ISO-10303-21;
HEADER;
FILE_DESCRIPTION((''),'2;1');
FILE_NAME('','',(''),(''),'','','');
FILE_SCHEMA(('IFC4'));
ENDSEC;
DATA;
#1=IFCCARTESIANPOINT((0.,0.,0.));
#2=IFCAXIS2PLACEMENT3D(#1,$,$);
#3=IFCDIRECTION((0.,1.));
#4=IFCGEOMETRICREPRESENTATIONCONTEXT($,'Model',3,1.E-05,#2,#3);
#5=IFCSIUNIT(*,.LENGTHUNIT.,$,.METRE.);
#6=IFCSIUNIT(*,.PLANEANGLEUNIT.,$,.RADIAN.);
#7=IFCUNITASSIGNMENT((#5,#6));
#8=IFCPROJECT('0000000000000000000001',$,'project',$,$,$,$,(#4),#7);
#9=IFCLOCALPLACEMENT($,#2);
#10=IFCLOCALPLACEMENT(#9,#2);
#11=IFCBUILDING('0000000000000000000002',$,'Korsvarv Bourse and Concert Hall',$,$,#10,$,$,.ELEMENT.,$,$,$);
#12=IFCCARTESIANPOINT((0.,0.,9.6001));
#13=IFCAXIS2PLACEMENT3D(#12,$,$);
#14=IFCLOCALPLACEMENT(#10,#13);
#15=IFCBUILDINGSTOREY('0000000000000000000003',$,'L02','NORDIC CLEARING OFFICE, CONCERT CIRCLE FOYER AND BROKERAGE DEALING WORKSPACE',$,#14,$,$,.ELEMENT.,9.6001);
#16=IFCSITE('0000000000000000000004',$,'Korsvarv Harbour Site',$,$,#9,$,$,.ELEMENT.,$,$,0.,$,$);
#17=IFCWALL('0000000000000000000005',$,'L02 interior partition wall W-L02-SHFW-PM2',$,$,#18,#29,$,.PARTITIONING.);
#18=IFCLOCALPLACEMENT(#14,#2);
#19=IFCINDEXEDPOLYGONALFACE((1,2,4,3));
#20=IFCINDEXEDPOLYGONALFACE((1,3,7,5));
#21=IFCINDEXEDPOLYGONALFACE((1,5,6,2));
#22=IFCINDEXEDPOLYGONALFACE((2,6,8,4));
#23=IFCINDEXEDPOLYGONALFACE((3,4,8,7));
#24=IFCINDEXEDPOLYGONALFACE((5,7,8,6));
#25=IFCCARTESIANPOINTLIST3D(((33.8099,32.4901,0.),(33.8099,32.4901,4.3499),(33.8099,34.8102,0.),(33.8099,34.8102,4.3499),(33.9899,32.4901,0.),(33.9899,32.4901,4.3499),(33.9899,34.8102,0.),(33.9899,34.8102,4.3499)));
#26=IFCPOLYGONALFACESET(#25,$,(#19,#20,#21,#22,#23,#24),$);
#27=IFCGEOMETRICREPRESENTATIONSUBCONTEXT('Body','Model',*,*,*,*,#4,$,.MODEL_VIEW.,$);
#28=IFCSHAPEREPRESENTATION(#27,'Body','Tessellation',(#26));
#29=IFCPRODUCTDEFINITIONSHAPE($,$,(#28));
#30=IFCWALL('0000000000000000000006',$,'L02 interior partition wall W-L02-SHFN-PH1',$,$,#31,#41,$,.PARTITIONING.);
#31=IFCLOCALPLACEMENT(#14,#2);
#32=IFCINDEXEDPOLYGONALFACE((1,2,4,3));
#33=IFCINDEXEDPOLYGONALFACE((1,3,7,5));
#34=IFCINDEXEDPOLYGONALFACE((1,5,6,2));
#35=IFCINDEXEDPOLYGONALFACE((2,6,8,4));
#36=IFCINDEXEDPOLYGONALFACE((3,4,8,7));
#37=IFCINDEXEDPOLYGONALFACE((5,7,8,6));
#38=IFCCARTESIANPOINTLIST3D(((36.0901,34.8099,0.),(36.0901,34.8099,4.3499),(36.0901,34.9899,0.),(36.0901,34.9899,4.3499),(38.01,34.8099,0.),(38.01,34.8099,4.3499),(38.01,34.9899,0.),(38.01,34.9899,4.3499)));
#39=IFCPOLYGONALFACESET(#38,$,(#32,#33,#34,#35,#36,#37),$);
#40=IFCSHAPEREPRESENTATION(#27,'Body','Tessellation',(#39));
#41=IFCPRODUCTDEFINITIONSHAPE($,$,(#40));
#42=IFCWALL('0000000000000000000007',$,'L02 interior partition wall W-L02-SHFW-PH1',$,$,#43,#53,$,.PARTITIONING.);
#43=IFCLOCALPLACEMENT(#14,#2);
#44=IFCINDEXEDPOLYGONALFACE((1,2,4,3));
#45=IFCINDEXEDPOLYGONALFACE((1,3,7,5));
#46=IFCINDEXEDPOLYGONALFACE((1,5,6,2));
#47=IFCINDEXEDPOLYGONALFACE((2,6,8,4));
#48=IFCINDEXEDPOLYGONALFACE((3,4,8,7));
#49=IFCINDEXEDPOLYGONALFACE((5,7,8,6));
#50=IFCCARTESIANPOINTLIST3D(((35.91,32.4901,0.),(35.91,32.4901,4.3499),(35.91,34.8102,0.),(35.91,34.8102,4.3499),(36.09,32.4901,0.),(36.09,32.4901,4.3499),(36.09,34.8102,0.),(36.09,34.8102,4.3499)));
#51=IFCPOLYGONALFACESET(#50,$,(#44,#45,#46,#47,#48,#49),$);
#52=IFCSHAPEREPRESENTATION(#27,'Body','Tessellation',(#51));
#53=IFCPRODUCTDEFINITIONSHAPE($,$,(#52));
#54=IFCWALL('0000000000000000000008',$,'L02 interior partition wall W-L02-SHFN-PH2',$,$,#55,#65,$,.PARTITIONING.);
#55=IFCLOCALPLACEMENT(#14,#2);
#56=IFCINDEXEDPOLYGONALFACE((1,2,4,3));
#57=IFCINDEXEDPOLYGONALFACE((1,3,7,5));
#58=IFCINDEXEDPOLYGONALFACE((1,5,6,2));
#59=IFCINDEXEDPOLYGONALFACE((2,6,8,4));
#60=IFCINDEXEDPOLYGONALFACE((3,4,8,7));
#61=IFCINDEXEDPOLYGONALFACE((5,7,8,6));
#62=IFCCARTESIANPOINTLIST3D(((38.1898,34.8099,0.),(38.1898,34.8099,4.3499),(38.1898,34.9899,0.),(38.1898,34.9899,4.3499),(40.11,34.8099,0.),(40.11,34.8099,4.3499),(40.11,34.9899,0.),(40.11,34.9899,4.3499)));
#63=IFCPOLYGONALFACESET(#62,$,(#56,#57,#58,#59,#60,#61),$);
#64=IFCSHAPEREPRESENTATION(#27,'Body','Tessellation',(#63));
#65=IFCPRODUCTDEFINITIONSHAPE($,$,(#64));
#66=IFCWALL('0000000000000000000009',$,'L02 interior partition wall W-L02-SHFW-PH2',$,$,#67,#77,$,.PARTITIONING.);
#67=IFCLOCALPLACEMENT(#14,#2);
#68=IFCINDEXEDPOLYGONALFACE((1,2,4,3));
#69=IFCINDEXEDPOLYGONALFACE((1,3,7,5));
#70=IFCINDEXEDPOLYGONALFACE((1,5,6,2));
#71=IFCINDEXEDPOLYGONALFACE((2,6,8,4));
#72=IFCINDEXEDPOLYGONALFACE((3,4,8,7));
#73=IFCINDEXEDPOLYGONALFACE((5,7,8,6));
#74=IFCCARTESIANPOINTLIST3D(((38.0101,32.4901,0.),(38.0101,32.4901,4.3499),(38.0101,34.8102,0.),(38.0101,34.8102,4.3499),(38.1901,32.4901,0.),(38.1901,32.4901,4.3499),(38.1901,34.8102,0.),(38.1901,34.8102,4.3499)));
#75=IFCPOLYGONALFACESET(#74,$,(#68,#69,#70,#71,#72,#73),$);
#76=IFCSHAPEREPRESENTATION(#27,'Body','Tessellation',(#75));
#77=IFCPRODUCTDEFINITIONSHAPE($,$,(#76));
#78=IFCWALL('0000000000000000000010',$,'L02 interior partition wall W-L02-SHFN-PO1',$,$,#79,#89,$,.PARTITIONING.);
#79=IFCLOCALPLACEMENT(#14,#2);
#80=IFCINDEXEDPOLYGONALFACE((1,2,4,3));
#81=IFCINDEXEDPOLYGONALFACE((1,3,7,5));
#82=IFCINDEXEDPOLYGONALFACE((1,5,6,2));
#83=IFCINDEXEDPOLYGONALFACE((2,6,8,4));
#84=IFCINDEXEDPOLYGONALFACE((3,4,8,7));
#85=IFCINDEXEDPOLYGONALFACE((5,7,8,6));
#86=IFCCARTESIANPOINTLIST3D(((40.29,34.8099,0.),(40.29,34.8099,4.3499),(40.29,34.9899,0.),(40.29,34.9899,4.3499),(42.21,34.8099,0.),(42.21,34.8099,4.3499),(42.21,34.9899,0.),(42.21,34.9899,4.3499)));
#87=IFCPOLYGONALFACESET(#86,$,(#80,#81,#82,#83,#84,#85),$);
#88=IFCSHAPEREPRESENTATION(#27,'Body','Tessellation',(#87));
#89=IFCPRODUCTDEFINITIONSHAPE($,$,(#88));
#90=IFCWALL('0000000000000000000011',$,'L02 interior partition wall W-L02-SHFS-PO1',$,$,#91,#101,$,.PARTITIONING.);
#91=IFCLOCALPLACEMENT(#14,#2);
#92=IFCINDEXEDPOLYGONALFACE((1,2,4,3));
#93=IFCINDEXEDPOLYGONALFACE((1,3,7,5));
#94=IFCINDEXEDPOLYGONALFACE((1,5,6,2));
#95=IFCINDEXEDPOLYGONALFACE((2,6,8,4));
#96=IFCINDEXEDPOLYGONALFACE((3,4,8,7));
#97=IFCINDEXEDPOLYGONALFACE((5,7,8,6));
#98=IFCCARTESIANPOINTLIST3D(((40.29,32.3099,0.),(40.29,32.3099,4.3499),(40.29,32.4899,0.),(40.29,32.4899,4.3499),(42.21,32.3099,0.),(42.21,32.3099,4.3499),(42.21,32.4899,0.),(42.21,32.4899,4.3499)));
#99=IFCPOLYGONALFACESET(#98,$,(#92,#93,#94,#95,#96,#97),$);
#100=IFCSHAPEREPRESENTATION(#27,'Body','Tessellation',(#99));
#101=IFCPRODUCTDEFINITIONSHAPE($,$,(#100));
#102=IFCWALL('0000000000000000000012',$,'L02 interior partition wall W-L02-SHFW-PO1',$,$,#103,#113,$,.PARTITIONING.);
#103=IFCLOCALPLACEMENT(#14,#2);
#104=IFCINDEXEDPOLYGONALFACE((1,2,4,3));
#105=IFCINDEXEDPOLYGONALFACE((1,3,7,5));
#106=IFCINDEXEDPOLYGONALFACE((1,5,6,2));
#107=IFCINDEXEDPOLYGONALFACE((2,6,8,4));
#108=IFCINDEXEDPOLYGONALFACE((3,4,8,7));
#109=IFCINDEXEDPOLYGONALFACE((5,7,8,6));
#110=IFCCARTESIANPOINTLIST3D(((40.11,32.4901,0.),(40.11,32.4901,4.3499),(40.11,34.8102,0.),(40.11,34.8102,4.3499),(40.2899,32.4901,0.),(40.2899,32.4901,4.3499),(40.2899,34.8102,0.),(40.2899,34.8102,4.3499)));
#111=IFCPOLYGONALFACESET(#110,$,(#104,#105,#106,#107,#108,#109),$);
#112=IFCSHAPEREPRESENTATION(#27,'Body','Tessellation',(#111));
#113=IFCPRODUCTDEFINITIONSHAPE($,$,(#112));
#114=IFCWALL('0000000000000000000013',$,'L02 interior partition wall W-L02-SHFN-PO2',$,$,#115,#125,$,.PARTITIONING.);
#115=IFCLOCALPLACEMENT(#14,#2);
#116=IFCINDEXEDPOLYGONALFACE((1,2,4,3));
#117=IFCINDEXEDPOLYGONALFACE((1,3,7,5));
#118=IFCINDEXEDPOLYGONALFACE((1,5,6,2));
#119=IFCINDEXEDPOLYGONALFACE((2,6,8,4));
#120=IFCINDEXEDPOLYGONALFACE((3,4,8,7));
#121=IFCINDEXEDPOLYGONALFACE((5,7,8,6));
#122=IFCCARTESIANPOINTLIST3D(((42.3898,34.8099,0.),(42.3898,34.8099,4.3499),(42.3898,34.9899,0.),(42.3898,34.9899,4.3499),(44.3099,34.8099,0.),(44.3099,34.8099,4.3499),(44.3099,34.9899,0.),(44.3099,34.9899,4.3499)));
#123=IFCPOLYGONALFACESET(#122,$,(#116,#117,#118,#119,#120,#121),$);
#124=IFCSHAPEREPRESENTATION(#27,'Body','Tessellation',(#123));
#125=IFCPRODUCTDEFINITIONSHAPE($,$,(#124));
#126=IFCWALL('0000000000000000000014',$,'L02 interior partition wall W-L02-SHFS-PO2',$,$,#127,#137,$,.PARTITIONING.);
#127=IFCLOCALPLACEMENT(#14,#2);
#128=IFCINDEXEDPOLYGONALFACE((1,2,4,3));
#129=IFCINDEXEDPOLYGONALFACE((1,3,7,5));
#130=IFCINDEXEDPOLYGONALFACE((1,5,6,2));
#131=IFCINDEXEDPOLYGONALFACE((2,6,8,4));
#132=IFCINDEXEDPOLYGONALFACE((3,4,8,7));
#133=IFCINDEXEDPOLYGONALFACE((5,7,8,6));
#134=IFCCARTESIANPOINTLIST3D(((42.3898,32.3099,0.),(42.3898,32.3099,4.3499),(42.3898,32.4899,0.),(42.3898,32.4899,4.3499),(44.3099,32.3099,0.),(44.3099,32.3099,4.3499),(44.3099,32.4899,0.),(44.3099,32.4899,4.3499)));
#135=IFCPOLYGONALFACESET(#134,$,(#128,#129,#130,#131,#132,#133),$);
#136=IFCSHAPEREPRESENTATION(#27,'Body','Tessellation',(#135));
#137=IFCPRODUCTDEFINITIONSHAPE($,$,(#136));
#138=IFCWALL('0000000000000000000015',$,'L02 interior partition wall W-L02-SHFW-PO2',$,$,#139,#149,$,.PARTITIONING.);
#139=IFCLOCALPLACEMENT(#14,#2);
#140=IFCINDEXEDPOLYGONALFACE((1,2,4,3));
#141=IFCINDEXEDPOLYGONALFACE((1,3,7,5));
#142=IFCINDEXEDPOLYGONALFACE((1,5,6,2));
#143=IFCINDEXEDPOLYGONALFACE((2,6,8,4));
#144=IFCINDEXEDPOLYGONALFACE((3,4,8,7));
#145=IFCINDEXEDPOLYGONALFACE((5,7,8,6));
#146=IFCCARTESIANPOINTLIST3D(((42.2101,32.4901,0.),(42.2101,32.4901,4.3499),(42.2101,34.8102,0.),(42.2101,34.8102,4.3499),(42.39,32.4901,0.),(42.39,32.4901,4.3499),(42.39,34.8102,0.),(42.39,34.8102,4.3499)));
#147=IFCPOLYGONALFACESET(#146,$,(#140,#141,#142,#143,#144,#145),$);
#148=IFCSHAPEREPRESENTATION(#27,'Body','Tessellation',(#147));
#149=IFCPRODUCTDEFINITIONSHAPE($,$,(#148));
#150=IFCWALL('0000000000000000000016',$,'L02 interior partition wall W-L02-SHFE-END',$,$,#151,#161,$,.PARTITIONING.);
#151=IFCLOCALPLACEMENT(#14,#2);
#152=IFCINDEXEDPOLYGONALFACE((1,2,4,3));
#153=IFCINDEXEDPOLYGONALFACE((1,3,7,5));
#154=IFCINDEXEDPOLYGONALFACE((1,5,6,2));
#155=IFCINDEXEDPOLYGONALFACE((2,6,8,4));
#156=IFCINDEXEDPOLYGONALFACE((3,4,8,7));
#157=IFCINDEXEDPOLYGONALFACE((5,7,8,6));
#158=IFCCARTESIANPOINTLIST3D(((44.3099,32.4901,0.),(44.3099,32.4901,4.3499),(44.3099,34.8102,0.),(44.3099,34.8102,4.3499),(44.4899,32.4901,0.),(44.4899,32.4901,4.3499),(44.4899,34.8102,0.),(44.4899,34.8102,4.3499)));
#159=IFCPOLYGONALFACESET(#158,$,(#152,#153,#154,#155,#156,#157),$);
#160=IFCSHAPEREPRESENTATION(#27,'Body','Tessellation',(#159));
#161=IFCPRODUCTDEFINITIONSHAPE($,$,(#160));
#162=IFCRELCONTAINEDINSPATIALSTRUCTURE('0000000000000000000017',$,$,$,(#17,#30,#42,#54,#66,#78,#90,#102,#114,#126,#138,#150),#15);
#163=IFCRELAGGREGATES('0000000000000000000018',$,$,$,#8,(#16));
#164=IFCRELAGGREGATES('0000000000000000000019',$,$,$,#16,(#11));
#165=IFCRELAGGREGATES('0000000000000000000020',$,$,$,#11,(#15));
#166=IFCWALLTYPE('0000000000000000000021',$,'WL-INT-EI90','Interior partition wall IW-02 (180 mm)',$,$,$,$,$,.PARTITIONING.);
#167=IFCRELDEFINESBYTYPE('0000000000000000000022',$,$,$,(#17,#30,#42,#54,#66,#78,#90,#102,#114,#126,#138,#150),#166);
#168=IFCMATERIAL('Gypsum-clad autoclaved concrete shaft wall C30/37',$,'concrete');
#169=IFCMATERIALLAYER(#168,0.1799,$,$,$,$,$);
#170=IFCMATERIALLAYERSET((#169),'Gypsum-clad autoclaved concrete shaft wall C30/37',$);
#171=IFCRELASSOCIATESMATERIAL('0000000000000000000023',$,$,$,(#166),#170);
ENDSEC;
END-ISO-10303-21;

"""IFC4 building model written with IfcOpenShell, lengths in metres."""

from ifc_helpers import new_model, si_unit, direction, frame, frame_2d, origin, place, context, subcontext, project, spatial, rectangle, extrude, material, layer, layer_set, type_object, element, save


model = new_model("IFC4")

# Units and contexts
model_context = context("Model", 3, precision=1e-05, world=origin(), true_north=direction((0.0, 1.0)))
body_context = subcontext(model_context, "Body", "Model", "MODEL_VIEW")
ifc_project = project(units=[si_unit("LENGTHUNIT", "METRE"), si_unit("PLANEANGLEUNIT", "RADIAN")], contexts=[model_context])

# Site, building, storey
site_placement = place(None, origin())
site = spatial("IfcSite", under=ifc_project, at=site_placement, Name="Korsvarv Harbour Site", CompositionType="ELEMENT", RefElevation=0.0)
building_placement = place(site_placement, origin())
building = spatial("IfcBuilding", under=site, at=building_placement, Name="Korsvarv Bourse and Concert Hall", CompositionType="ELEMENT")
storey_placement = place(building_placement, frame((0.0, 0.0, 9.6001)))
storey = spatial("IfcBuildingStorey", under=building, at=storey_placement, Name="L02", Description="NORDIC CLEARING OFFICE, CONCERT CIRCLE FOYER AND BROKERAGE DEALING WORKSPACE", CompositionType="ELEMENT", Elevation=9.6001)

# Shared definitions
ifc_material_1 = material(Name="Gypsum-clad autoclaved concrete shaft wall C30/37", Category="concrete")
ifc_layer_1 = layer(ifc_material_1, 0.1799)
ifc_layer_set_1 = layer_set([ifc_layer_1], Name="Gypsum-clad autoclaved concrete shaft wall C30/37")
wall_type_1 = type_object("IfcWallType", Name="WL-INT-EI90", Description="Interior partition wall IW-02 (180 mm)", PredefinedType="PARTITIONING", material=ifc_layer_set_1)

# Walls
wall_1_placement = place(storey_placement, frame((33.8999, 32.49, 0.0), z_axis=(0.0, 0.0, 1.0), x_axis=(0.0, 1.0, 0.0)))
element("IfcWall", 1, at=wall_1_placement, inside=storey, type_object=wall_type_1, Name="L02 interior partition wall W-L02-SHFW-PM2", PredefinedType="PARTITIONING", context=body_context, shape_type="SweptSolid", body=[
    extrude(rectangle(XDim=2.3201, YDim=0.1799, at=frame_2d((1.1602, 0.0))), origin(), (0.0, 0.0, 1.0), 4.3499),
])
wall_2_placement = place(storey_placement, frame((36.0901, 34.8999, 0.0), z_axis=(0.0, 0.0, 1.0), x_axis=(1.0, 0.0, 0.0)))
element("IfcWall", 2, at=wall_2_placement, inside=storey, type_object=wall_type_1, Name="L02 interior partition wall W-L02-SHFN-PH1", PredefinedType="PARTITIONING", context=body_context, shape_type="SweptSolid", body=[
    extrude(rectangle(XDim=1.9199, YDim=0.1799, at=frame_2d((0.96, 0.0))), origin(), (0.0, 0.0, 1.0), 4.3499),
])
wall_3_placement = place(storey_placement, frame((36.0, 32.49, 0.0), z_axis=(0.0, 0.0, 1.0), x_axis=(0.0, 1.0, 0.0)))
element("IfcWall", 3, at=wall_3_placement, inside=storey, type_object=wall_type_1, Name="L02 interior partition wall W-L02-SHFW-PH1", PredefinedType="PARTITIONING", context=body_context, shape_type="SweptSolid", body=[
    extrude(rectangle(XDim=2.3201, YDim=0.1799, at=frame_2d((1.1602, 0.0))), origin(), (0.0, 0.0, 1.0), 4.3499),
])
wall_4_placement = place(storey_placement, frame((38.1899, 34.8999, 0.0), z_axis=(0.0, 0.0, 1.0), x_axis=(1.0, 0.0, 0.0)))
element("IfcWall", 4, at=wall_4_placement, inside=storey, type_object=wall_type_1, Name="L02 interior partition wall W-L02-SHFN-PH2", PredefinedType="PARTITIONING", context=body_context, shape_type="SweptSolid", body=[
    extrude(rectangle(XDim=1.9202, YDim=0.1799, at=frame_2d((0.96, 0.0))), origin(), (0.0, 0.0, 1.0), 4.3499),
])
wall_5_placement = place(storey_placement, frame((38.1001, 32.49, 0.0), z_axis=(0.0, 0.0, 1.0), x_axis=(0.0, 1.0, 0.0)))
element("IfcWall", 5, at=wall_5_placement, inside=storey, type_object=wall_type_1, Name="L02 interior partition wall W-L02-SHFW-PH2", PredefinedType="PARTITIONING", context=body_context, shape_type="SweptSolid", body=[
    extrude(rectangle(XDim=2.3201, YDim=0.1799, at=frame_2d((1.1602, 0.0))), origin(), (0.0, 0.0, 1.0), 4.3499),
])
for number, where, z_axis, x_axis, name in (
    (6, (40.29, 34.8999, 0.0), (0.0, 0.0, 1.0), (1.0, 0.0, 0.0), "L02 interior partition wall W-L02-SHFN-PO1"),
    (7, (40.29, 32.3999, 0.0), (0.0, 0.0, 1.0), (1.0, 0.0, 0.0), "L02 interior partition wall W-L02-SHFS-PO1"),
):
    element("IfcWall", number, at=place(storey_placement, frame(where, z_axis=z_axis, x_axis=x_axis)), inside=storey, type_object=wall_type_1, Name=name, PredefinedType="PARTITIONING", context=body_context, shape_type="SweptSolid", body=[
        extrude(rectangle(XDim=1.9199, YDim=0.1799, at=frame_2d((0.96, 0.0))), origin(), (0.0, 0.0, 1.0), 4.3499),
    ])
wall_6_placement = place(storey_placement, frame((40.2, 32.49, 0.0), z_axis=(0.0, 0.0, 1.0), x_axis=(0.0, 1.0, 0.0)))
element("IfcWall", 8, at=wall_6_placement, inside=storey, type_object=wall_type_1, Name="L02 interior partition wall W-L02-SHFW-PO1", PredefinedType="PARTITIONING", context=body_context, shape_type="SweptSolid", body=[
    extrude(rectangle(XDim=2.3201, YDim=0.1799, at=frame_2d((1.1602, 0.0))), origin(), (0.0, 0.0, 1.0), 4.3499),
])
for number, where, z_axis, x_axis, name in (
    (9, (42.3899, 34.8999, 0.0), (0.0, 0.0, 1.0), (1.0, 0.0, 0.0), "L02 interior partition wall W-L02-SHFN-PO2"),
    (10, (42.3899, 32.3999, 0.0), (0.0, 0.0, 1.0), (1.0, 0.0, 0.0), "L02 interior partition wall W-L02-SHFS-PO2"),
):
    element("IfcWall", number, at=place(storey_placement, frame(where, z_axis=z_axis, x_axis=x_axis)), inside=storey, type_object=wall_type_1, Name=name, PredefinedType="PARTITIONING", context=body_context, shape_type="SweptSolid", body=[
        extrude(rectangle(XDim=1.9202, YDim=0.1799, at=frame_2d((0.96, 0.0))), origin(), (0.0, 0.0, 1.0), 4.3499),
    ])
for number, where, z_axis, x_axis, name in (
    (11, (42.3, 32.49, 0.0), (0.0, 0.0, 1.0), (0.0, 1.0, 0.0), "L02 interior partition wall W-L02-SHFW-PO2"),
    (12, (44.3999, 32.49, 0.0), (0.0, 0.0, 1.0), (0.0, 1.0, 0.0), "L02 interior partition wall W-L02-SHFE-END"),
):
    element("IfcWall", number, at=place(storey_placement, frame(where, z_axis=z_axis, x_axis=x_axis)), inside=storey, type_object=wall_type_1, Name=name, PredefinedType="PARTITIONING", context=body_context, shape_type="SweptSolid", body=[
        extrude(rectangle(XDim=2.3201, YDim=0.1799, at=frame_2d((1.1602, 0.0))), origin(), (0.0, 0.0, 1.0), 4.3499),
    ])

save(model, "model.ifc")
